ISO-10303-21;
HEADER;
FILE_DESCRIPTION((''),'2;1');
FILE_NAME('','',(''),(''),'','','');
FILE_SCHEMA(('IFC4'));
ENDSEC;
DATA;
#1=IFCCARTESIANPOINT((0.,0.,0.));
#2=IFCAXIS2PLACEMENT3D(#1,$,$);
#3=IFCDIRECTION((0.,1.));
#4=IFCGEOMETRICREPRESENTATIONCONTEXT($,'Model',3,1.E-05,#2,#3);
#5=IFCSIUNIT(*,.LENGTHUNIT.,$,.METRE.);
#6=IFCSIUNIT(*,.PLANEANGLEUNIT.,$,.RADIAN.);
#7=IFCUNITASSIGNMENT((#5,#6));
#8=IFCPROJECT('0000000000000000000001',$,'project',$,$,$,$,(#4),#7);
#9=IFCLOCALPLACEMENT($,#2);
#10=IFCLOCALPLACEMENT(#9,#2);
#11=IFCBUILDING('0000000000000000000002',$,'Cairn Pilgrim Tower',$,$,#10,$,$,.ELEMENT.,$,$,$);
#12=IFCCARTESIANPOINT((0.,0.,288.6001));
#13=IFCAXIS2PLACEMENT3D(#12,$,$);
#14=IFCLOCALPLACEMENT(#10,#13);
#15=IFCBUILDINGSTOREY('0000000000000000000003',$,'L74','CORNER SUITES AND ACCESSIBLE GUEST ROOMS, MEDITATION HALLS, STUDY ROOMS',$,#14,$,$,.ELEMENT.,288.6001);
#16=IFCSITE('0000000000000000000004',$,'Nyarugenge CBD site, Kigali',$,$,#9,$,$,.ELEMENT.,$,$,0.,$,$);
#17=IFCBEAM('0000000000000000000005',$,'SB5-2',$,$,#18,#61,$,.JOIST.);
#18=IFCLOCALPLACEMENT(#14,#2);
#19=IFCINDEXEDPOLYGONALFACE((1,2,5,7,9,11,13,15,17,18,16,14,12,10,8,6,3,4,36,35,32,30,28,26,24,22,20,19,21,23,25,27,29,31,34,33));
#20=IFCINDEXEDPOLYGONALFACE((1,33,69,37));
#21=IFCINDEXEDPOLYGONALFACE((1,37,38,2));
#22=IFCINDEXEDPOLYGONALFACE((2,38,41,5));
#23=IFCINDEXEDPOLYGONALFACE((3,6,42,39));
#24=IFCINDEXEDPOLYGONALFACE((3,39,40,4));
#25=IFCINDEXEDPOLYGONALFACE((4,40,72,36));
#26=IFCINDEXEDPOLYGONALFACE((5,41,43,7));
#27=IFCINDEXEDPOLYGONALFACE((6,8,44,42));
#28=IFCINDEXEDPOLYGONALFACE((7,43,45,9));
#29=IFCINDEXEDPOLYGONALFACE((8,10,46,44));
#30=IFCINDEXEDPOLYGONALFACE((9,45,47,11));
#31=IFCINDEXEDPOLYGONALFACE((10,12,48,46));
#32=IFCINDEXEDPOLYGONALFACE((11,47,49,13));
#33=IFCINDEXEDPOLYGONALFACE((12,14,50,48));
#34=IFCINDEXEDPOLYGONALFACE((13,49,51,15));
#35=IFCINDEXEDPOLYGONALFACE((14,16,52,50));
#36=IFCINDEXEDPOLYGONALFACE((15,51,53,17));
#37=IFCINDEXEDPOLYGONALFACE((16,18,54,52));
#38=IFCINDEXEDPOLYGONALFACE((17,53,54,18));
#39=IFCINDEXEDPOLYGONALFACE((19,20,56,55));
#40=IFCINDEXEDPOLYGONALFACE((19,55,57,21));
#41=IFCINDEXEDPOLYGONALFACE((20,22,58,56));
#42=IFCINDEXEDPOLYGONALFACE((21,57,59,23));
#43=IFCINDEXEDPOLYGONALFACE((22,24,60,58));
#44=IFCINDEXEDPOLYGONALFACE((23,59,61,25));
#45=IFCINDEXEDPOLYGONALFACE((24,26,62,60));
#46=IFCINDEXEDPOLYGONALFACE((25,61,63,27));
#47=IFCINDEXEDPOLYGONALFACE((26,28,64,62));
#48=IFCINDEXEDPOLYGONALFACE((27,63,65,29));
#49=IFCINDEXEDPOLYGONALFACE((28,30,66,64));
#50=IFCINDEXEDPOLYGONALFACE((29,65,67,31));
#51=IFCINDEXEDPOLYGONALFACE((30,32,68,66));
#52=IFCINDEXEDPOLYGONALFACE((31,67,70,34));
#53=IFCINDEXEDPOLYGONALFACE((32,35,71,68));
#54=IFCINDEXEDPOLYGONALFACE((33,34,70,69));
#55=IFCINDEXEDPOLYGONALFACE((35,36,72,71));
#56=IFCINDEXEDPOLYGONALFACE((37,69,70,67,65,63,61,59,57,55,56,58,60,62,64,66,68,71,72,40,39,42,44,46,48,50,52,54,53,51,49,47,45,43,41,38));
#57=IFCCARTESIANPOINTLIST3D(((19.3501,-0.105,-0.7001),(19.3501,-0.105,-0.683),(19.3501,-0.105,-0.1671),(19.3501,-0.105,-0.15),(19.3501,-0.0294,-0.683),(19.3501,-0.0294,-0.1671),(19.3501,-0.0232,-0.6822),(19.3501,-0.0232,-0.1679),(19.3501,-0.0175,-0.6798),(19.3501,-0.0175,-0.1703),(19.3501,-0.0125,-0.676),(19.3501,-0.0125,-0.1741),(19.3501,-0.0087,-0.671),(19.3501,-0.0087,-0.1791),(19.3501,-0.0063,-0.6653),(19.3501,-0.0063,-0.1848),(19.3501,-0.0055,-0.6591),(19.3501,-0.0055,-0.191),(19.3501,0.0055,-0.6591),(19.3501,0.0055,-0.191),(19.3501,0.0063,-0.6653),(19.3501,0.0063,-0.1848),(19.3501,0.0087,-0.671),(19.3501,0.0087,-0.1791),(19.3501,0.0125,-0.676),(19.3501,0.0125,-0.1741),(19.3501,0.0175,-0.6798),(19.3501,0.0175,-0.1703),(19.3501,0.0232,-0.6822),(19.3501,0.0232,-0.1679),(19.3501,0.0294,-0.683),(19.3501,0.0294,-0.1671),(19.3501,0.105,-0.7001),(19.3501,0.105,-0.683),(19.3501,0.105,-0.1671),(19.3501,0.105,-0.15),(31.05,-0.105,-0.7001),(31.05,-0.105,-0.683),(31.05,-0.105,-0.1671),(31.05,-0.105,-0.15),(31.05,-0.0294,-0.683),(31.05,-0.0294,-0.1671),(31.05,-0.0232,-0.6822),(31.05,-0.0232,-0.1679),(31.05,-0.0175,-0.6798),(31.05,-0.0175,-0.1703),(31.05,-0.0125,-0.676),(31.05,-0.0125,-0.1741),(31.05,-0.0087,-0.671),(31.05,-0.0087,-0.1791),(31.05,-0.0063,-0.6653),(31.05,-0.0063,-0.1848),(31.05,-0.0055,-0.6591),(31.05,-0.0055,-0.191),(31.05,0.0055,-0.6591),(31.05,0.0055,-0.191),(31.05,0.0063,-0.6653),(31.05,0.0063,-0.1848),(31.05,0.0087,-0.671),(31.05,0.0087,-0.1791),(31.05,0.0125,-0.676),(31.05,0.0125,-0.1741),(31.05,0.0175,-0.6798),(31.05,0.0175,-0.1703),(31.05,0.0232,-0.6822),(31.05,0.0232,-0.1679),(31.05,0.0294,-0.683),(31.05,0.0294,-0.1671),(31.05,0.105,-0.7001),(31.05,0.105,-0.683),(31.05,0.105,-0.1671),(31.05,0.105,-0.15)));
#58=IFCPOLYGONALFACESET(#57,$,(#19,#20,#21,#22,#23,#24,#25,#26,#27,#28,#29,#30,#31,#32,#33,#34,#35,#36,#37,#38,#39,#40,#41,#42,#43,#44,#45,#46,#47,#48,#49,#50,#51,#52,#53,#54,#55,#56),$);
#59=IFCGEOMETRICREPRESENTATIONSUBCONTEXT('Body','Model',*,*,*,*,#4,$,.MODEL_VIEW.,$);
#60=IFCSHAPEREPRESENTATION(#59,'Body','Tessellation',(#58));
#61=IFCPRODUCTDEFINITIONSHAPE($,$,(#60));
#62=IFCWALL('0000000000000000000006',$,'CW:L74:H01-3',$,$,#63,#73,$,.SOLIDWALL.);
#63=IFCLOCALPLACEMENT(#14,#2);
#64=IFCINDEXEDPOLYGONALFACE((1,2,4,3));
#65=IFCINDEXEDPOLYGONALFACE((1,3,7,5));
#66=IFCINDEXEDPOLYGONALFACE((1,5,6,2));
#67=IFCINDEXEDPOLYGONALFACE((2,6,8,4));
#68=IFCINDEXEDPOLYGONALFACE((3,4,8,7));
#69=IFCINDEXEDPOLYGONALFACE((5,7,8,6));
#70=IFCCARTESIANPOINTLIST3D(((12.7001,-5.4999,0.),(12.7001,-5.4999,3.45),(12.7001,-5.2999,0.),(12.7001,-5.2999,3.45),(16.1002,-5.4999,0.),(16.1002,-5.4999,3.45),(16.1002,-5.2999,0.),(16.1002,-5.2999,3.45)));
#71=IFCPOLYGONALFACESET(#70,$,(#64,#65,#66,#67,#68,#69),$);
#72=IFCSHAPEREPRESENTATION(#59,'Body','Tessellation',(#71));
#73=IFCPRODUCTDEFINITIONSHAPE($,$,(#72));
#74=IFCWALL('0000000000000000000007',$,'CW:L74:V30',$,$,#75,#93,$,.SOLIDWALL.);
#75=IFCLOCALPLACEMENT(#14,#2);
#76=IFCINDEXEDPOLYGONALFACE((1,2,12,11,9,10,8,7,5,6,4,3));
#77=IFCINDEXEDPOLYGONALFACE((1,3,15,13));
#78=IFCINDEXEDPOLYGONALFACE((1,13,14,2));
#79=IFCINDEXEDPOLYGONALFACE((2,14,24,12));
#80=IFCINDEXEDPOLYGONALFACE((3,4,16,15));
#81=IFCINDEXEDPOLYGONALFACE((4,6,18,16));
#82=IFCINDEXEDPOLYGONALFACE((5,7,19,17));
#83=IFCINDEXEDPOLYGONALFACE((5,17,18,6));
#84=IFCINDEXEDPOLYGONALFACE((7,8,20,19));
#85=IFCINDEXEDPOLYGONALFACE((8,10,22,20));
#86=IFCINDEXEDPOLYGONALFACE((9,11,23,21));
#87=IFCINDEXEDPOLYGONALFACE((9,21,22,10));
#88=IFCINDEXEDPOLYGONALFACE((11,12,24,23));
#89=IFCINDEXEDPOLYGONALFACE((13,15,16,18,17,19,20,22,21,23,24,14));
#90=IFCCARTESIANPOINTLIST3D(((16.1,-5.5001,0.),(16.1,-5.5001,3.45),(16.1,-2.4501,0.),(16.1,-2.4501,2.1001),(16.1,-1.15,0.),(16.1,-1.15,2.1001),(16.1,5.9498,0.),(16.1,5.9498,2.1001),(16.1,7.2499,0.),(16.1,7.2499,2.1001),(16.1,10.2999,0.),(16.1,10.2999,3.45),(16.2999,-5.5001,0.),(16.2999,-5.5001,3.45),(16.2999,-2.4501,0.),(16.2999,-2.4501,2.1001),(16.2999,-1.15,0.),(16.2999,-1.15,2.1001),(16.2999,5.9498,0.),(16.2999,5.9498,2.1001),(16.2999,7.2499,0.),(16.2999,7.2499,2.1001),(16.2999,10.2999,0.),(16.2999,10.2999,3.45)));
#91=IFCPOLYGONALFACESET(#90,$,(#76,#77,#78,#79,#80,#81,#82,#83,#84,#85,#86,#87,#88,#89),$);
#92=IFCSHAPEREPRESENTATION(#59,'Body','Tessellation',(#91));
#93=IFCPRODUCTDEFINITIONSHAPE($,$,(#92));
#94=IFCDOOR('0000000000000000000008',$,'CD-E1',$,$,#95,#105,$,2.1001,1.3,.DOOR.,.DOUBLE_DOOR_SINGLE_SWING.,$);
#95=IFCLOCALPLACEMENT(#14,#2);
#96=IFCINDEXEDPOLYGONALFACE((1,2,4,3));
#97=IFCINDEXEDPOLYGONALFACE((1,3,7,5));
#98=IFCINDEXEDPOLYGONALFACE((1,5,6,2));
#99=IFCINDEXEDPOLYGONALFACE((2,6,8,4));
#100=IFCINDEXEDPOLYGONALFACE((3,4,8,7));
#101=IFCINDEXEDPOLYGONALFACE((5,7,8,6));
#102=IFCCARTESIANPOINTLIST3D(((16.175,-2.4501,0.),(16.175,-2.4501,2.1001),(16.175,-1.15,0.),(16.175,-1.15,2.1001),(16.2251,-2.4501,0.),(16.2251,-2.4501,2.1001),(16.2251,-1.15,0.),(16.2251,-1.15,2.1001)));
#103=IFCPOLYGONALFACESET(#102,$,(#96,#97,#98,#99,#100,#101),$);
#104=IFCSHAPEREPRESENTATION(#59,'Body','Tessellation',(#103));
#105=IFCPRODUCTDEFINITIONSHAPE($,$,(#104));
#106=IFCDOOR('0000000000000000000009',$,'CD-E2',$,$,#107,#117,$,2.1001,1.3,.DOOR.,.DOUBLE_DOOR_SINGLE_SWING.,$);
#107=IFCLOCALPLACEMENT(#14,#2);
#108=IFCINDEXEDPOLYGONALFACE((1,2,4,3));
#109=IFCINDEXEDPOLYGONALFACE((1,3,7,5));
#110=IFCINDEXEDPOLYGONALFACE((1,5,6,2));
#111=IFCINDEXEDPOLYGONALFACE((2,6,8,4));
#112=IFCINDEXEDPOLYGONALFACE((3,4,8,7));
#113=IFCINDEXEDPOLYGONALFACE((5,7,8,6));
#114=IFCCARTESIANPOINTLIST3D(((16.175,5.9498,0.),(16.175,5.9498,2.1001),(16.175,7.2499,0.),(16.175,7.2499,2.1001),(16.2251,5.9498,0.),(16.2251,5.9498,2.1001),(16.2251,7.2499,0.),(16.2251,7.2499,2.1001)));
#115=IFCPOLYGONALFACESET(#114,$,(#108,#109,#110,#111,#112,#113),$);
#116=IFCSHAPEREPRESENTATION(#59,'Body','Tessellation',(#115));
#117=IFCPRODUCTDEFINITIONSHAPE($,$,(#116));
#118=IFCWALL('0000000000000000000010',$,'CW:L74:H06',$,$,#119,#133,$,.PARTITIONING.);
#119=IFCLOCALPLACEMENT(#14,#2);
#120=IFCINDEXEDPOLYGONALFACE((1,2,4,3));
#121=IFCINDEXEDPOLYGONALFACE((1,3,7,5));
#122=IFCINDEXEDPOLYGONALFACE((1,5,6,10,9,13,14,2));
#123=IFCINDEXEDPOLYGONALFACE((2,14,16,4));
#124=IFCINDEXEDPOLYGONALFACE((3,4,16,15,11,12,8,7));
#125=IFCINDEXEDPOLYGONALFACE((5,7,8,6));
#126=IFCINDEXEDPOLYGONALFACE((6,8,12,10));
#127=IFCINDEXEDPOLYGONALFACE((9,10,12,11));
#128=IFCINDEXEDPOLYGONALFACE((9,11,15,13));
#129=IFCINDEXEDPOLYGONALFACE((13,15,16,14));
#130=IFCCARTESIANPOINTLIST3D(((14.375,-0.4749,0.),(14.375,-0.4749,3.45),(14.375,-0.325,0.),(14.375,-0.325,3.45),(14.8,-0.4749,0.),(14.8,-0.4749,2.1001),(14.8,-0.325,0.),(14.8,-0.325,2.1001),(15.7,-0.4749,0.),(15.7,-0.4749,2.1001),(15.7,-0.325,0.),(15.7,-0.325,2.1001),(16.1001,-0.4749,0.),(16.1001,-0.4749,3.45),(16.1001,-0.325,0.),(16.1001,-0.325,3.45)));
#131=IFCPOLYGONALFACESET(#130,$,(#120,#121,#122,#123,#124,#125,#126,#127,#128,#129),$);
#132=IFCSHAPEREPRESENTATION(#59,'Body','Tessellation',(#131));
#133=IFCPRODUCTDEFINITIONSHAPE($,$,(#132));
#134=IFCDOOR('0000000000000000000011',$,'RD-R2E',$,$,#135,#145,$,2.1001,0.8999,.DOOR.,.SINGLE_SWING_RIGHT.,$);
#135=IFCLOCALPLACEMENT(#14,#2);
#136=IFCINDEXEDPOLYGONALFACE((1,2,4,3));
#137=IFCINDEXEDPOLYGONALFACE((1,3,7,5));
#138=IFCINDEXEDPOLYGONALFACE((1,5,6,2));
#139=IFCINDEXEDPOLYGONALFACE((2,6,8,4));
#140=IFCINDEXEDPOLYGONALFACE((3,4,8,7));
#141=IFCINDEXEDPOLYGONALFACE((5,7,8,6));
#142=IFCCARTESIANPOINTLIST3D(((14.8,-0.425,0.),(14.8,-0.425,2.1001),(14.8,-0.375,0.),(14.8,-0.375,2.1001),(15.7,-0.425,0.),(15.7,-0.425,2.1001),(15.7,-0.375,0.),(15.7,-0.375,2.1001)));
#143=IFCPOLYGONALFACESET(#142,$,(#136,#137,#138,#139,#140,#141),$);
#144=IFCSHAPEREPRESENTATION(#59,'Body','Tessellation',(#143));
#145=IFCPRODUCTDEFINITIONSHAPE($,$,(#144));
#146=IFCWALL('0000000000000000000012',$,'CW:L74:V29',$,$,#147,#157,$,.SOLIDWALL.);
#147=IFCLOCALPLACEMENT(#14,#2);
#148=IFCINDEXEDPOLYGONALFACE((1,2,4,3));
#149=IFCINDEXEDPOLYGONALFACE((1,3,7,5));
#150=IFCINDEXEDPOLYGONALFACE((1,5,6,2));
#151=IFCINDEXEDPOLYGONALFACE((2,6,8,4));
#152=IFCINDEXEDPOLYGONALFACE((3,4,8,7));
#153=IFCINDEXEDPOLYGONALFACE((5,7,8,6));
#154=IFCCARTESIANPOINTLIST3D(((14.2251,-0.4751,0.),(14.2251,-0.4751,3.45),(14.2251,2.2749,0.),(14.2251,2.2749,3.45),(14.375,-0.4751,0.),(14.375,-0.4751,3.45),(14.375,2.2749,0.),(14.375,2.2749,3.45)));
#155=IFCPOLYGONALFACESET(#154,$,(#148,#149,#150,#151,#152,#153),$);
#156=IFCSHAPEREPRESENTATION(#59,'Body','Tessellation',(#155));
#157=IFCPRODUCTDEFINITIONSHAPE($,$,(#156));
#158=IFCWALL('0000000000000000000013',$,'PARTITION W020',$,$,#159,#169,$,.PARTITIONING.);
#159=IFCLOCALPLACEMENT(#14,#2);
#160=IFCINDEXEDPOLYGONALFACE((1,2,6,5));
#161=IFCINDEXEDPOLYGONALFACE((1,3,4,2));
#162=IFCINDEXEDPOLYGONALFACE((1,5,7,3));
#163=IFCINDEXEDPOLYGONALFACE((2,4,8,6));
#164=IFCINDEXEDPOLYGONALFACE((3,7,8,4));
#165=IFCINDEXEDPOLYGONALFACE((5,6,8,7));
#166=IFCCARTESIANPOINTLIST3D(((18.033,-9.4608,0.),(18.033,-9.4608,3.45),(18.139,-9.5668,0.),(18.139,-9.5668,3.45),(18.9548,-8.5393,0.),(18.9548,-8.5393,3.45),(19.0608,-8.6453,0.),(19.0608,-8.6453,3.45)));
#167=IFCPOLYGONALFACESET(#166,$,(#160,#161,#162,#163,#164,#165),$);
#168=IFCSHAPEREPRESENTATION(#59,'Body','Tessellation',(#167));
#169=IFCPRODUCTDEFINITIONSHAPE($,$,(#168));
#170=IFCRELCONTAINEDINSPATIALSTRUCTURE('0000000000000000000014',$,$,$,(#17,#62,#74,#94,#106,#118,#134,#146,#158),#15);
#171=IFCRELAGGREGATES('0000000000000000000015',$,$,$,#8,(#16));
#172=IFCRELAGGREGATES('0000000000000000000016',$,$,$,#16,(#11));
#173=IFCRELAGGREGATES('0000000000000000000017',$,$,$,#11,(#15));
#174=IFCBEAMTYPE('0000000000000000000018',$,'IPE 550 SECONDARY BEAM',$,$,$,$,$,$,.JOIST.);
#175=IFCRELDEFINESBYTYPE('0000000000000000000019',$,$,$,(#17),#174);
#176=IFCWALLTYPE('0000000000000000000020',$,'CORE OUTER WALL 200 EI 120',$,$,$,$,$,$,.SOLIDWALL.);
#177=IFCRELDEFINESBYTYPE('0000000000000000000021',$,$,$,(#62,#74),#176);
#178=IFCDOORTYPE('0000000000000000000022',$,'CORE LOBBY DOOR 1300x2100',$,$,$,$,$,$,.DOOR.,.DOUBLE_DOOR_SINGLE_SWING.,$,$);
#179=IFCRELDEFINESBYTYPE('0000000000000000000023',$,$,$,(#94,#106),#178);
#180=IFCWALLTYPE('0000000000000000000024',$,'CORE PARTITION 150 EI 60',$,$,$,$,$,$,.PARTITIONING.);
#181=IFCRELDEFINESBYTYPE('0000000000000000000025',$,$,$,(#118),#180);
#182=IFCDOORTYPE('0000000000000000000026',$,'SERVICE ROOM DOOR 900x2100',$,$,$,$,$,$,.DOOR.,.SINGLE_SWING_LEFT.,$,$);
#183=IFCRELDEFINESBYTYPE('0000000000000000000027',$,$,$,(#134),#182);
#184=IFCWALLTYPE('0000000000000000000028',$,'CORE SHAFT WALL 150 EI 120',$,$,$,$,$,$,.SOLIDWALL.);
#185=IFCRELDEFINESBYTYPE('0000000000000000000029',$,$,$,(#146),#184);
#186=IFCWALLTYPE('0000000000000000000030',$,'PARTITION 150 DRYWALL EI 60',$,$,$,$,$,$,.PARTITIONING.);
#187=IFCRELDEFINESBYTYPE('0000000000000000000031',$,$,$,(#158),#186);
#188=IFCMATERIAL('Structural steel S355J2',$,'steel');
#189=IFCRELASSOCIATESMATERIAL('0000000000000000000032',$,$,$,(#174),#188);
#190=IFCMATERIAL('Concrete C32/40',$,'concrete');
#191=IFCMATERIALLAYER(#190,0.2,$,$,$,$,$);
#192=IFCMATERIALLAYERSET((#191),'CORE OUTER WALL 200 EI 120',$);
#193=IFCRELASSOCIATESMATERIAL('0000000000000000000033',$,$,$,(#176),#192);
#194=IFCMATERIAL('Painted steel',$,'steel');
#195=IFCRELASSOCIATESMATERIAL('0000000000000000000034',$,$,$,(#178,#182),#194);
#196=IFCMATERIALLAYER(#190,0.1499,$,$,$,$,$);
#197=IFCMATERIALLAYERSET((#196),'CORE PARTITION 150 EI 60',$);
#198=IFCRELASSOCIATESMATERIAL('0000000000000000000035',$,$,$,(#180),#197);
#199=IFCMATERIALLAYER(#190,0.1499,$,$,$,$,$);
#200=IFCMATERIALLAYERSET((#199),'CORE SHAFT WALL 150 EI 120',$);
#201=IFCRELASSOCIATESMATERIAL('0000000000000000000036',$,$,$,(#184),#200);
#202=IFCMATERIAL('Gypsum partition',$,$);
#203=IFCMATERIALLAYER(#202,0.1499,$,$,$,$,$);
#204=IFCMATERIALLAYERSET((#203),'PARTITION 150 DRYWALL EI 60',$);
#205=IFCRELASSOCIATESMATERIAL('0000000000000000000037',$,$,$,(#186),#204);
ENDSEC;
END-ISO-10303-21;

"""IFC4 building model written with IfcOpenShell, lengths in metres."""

from ifc_helpers import new_model, si_unit, direction, frame, frame_2d, origin, origin_2d, place, context, subcontext, project, spatial, rectangle, i_section, extrude, material, layer, layer_set, material_profile, profile_set, type_object, element, fill, save


model = new_model("IFC4")

# Units and contexts
model_context = context("Model", 3, precision=1e-05, world=origin(), true_north=direction((0.0, 1.0)))
body_context = subcontext(model_context, "Body", "Model", "MODEL_VIEW")
ifc_project = project(units=[si_unit("LENGTHUNIT", "METRE"), si_unit("PLANEANGLEUNIT", "RADIAN")], contexts=[model_context])

# Site, building, storey
site_placement = place(None, origin())
site = spatial("IfcSite", under=ifc_project, at=site_placement, Name="Nyarugenge CBD site, Kigali", CompositionType="ELEMENT", RefElevation=0.0)
building_placement = place(site_placement, origin())
building = spatial("IfcBuilding", under=site, at=building_placement, Name="Cairn Pilgrim Tower", CompositionType="ELEMENT")
storey_placement = place(building_placement, frame((0.0, 0.0, 288.6001)))
storey = spatial("IfcBuildingStorey", under=building, at=storey_placement, Name="L74", Description="CORNER SUITES AND ACCESSIBLE GUEST ROOMS, MEDITATION HALLS, STUDY ROOMS", CompositionType="ELEMENT", Elevation=288.6001)

# Shared definitions
ifc_material_1 = material(Name="Structural steel S355J2", Category="steel")

# Beam
ifc_material_profile_1 = material_profile(ifc_material_1, i_section(OverallWidth=0.21, OverallDepth=0.55, WebThickness=0.011, FlangeThickness=0.0171, FilletRadius=0.0239, at=origin_2d()), Name="IPE 550")
ifc_profile_set_1 = profile_set([ifc_material_profile_1], Name="Structural steel S355J2")
beam_type_1 = type_object("IfcBeamType", Name="IPE 550 SECONDARY BEAM", PredefinedType="JOIST", material=ifc_profile_set_1)
for number, where, z_axis, x_axis, name in (
    (1, (19.3501, 0.0, -0.425), (1.0, 0.0, 0.0), (0.0, 1.0, 0.0), "SB5-2"),
):
    element("IfcBeam", number, at=place(storey_placement, frame(where, z_axis=z_axis, x_axis=x_axis)), inside=storey, type_object=beam_type_1, Name=name, PredefinedType="JOIST", context=body_context, shape_type="SweptSolid", body=[
        extrude(i_section(OverallWidth=0.21, OverallDepth=0.55, WebThickness=0.011, FlangeThickness=0.0171, FilletRadius=0.0239, at=origin_2d()), origin(), (0.0, 0.0, 1.0), 11.7),
    ])

# Wall
ifc_material_2 = material(Name="Concrete C32/40", Category="concrete")
ifc_layer_1 = layer(ifc_material_2, 0.2)
ifc_layer_set_1 = layer_set([ifc_layer_1], Name="CORE OUTER WALL 200 EI 120")
wall_type_1 = type_object("IfcWallType", Name="CORE OUTER WALL 200 EI 120", PredefinedType="SOLIDWALL", material=ifc_layer_set_1)
wall_1_placement = place(storey_placement, frame((12.7, -5.3999, 0.0), z_axis=(0.0, 0.0, 1.0), x_axis=(1.0, 0.0, 0.0)))
element("IfcWall", 2, at=wall_1_placement, inside=storey, type_object=wall_type_1, Name="CW:L74:H01-3", PredefinedType="SOLIDWALL", context=body_context, shape_type="SweptSolid", body=[
    extrude(rectangle(XDim=3.4001, YDim=0.2, at=frame_2d((1.7002, 0.0))), origin(), (0.0, 0.0, 1.0), 3.45),
])

# Wall, openings, doors
wall_2_placement = place(storey_placement, frame((16.2, -5.5, 0.0), z_axis=(0.0, 0.0, 1.0), x_axis=(0.0, 1.0, 0.0)))
wall_2 = element("IfcWall", 3, at=wall_2_placement, inside=storey, type_object=wall_type_1, Name="CW:L74:V30", PredefinedType="SOLIDWALL", context=body_context, shape_type="SweptSolid", body=[
    extrude(rectangle(XDim=15.8, YDim=0.2, at=frame_2d((7.8999, 0.0))), origin(), (0.0, 0.0, 1.0), 3.45),
])
opening_1_placement = place(wall_2_placement, frame((3.05, 0.0, 0.0)))
opening_1 = element("IfcOpeningElement", 4, at=opening_1_placement, cuts=wall_2, PredefinedType="OPENING", context=body_context, shape_type="SweptSolid", body=[
    extrude(rectangle(XDim=1.3, YDim=2.1001, at=frame_2d((0.6499, 1.05))), frame((0.0, 0.1099, 0.0), z_axis=(0.0, -1.0, 0.0), x_axis=(1.0, 0.0, 0.0)), (0.0, 0.0, 1.0), 0.22),
])
opening_2_placement = place(wall_2_placement, frame((11.45, 0.0, 0.0)))
opening_2 = element("IfcOpeningElement", 5, at=opening_2_placement, cuts=wall_2, PredefinedType="OPENING", context=body_context, shape_type="SweptSolid", body=[
    extrude(rectangle(XDim=1.3, YDim=2.1001, at=frame_2d((0.6499, 1.05))), frame((0.0, 0.1099, 0.0), z_axis=(0.0, -1.0, 0.0), x_axis=(1.0, 0.0, 0.0)), (0.0, 0.0, 1.0), 0.22),
])
ifc_material_3 = material(Name="Painted steel", Category="steel")
door_type_1 = type_object("IfcDoorType", Name="CORE LOBBY DOOR 1300x2100", OperationType="DOUBLE_DOOR_SINGLE_SWING", PredefinedType="DOOR", material=ifc_material_3)
door_1_placement = place(opening_1_placement, origin())
door_1 = element("IfcDoor", 6, at=door_1_placement, inside=storey, type_object=door_type_1, Name="CD-E1", OperationType="DOUBLE_DOOR_SINGLE_SWING", OverallHeight=2.1001, OverallWidth=1.3, PredefinedType="DOOR", context=body_context, shape_type="SweptSolid", body=[
    extrude(rectangle(XDim=1.3, YDim=2.1001, at=frame_2d((0.6499, 1.05))), frame((0.0, 0.0249, 0.0), z_axis=(0.0, -1.0, 0.0), x_axis=(1.0, 0.0, 0.0)), (0.0, 0.0, 1.0), 0.05),
])
fill(opening_1, door_1)
door_2_placement = place(opening_2_placement, origin())
door_2 = element("IfcDoor", 7, at=door_2_placement, inside=storey, type_object=door_type_1, Name="CD-E2", OperationType="DOUBLE_DOOR_SINGLE_SWING", OverallHeight=2.1001, OverallWidth=1.3, PredefinedType="DOOR", context=body_context, shape_type="SweptSolid", body=[
    extrude(rectangle(XDim=1.3, YDim=2.1001, at=frame_2d((0.6499, 1.05))), frame((0.0, 0.0249, 0.0), z_axis=(0.0, -1.0, 0.0), x_axis=(1.0, 0.0, 0.0)), (0.0, 0.0, 1.0), 0.05),
])
fill(opening_2, door_2)

# Wall, opening, door
ifc_layer_2 = layer(ifc_material_2, 0.1499)
ifc_layer_set_2 = layer_set([ifc_layer_2], Name="CORE PARTITION 150 EI 60")
wall_type_2 = type_object("IfcWallType", Name="CORE PARTITION 150 EI 60", PredefinedType="PARTITIONING", material=ifc_layer_set_2)
wall_3_placement = place(storey_placement, frame((14.375, -0.3999, 0.0), z_axis=(0.0, 0.0, 1.0), x_axis=(1.0, 0.0, 0.0)))
wall_3 = element("IfcWall", 8, at=wall_3_placement, inside=storey, type_object=wall_type_2, Name="CW:L74:H06", PredefinedType="PARTITIONING", context=body_context, shape_type="SweptSolid", body=[
    extrude(rectangle(XDim=1.7251, YDim=0.1499, at=frame_2d((0.8625, 0.0))), origin(), (0.0, 0.0, 1.0), 3.45),
])
opening_3_placement = place(wall_3_placement, frame((0.425, 0.0, 0.0)))
opening_3 = element("IfcOpeningElement", 9, at=opening_3_placement, cuts=wall_3, PredefinedType="OPENING", context=body_context, shape_type="SweptSolid", body=[
    extrude(rectangle(XDim=0.8999, YDim=2.1001, at=frame_2d((0.45, 1.05))), frame((0.0, 0.085, 0.0), z_axis=(0.0, -1.0, 0.0), x_axis=(1.0, 0.0, 0.0)), (0.0, 0.0, 1.0), 0.1699),
])
door_type_2 = type_object("IfcDoorType", Name="SERVICE ROOM DOOR 900x2100", OperationType="SINGLE_SWING_LEFT", PredefinedType="DOOR", material=ifc_material_3)
door_3_placement = place(opening_3_placement, origin())
door_3 = element("IfcDoor", 10, at=door_3_placement, inside=storey, type_object=door_type_2, Name="RD-R2E", OperationType="SINGLE_SWING_RIGHT", OverallHeight=2.1001, OverallWidth=0.8999, PredefinedType="DOOR", context=body_context, shape_type="SweptSolid", body=[
    extrude(rectangle(XDim=0.8999, YDim=2.1001, at=frame_2d((0.45, 1.05))), frame((0.0, 0.0249, 0.0), z_axis=(0.0, -1.0, 0.0), x_axis=(1.0, 0.0, 0.0)), (0.0, 0.0, 1.0), 0.05),
])
fill(opening_3, door_3)

# Walls
ifc_layer_3 = layer(ifc_material_2, 0.1499)
ifc_layer_set_3 = layer_set([ifc_layer_3], Name="CORE SHAFT WALL 150 EI 120")
wall_type_3 = type_object("IfcWallType", Name="CORE SHAFT WALL 150 EI 120", PredefinedType="SOLIDWALL", material=ifc_layer_set_3)
wall_4_placement = place(storey_placement, frame((14.3, -0.4751, 0.0), z_axis=(0.0, 0.0, 1.0), x_axis=(0.0, 1.0, 0.0)))
element("IfcWall", 11, at=wall_4_placement, inside=storey, type_object=wall_type_3, Name="CW:L74:V29", PredefinedType="SOLIDWALL", context=body_context, shape_type="SweptSolid", body=[
    extrude(rectangle(XDim=2.75, YDim=0.1499, at=frame_2d((1.375, 0.0))), origin(), (0.0, 0.0, 1.0), 3.45),
])
ifc_material_4 = material(Name="Gypsum partition")
ifc_layer_4 = layer(ifc_material_4, 0.1499)
ifc_layer_set_4 = layer_set([ifc_layer_4], Name="PARTITION 150 DRYWALL EI 60")
wall_type_4 = type_object("IfcWallType", Name="PARTITION 150 DRYWALL EI 60", PredefinedType="PARTITIONING", material=ifc_layer_set_4)
wall_5_placement = place(storey_placement, frame((18.0859, -9.5139, 0.0), z_axis=(0.0, 0.0, 1.0), x_axis=(0.7072, 0.707013, 0.0)))
element("IfcWall", 12, at=wall_5_placement, inside=storey, type_object=wall_type_4, Name="PARTITION W020", PredefinedType="PARTITIONING", context=body_context, shape_type="SweptSolid", body=[
    extrude(rectangle(XDim=1.3035, YDim=0.1499, at=frame_2d((0.6519, 0.0))), origin(), (0.0, 0.0, 1.0), 3.45),
])

save(model, "model.ifc")
